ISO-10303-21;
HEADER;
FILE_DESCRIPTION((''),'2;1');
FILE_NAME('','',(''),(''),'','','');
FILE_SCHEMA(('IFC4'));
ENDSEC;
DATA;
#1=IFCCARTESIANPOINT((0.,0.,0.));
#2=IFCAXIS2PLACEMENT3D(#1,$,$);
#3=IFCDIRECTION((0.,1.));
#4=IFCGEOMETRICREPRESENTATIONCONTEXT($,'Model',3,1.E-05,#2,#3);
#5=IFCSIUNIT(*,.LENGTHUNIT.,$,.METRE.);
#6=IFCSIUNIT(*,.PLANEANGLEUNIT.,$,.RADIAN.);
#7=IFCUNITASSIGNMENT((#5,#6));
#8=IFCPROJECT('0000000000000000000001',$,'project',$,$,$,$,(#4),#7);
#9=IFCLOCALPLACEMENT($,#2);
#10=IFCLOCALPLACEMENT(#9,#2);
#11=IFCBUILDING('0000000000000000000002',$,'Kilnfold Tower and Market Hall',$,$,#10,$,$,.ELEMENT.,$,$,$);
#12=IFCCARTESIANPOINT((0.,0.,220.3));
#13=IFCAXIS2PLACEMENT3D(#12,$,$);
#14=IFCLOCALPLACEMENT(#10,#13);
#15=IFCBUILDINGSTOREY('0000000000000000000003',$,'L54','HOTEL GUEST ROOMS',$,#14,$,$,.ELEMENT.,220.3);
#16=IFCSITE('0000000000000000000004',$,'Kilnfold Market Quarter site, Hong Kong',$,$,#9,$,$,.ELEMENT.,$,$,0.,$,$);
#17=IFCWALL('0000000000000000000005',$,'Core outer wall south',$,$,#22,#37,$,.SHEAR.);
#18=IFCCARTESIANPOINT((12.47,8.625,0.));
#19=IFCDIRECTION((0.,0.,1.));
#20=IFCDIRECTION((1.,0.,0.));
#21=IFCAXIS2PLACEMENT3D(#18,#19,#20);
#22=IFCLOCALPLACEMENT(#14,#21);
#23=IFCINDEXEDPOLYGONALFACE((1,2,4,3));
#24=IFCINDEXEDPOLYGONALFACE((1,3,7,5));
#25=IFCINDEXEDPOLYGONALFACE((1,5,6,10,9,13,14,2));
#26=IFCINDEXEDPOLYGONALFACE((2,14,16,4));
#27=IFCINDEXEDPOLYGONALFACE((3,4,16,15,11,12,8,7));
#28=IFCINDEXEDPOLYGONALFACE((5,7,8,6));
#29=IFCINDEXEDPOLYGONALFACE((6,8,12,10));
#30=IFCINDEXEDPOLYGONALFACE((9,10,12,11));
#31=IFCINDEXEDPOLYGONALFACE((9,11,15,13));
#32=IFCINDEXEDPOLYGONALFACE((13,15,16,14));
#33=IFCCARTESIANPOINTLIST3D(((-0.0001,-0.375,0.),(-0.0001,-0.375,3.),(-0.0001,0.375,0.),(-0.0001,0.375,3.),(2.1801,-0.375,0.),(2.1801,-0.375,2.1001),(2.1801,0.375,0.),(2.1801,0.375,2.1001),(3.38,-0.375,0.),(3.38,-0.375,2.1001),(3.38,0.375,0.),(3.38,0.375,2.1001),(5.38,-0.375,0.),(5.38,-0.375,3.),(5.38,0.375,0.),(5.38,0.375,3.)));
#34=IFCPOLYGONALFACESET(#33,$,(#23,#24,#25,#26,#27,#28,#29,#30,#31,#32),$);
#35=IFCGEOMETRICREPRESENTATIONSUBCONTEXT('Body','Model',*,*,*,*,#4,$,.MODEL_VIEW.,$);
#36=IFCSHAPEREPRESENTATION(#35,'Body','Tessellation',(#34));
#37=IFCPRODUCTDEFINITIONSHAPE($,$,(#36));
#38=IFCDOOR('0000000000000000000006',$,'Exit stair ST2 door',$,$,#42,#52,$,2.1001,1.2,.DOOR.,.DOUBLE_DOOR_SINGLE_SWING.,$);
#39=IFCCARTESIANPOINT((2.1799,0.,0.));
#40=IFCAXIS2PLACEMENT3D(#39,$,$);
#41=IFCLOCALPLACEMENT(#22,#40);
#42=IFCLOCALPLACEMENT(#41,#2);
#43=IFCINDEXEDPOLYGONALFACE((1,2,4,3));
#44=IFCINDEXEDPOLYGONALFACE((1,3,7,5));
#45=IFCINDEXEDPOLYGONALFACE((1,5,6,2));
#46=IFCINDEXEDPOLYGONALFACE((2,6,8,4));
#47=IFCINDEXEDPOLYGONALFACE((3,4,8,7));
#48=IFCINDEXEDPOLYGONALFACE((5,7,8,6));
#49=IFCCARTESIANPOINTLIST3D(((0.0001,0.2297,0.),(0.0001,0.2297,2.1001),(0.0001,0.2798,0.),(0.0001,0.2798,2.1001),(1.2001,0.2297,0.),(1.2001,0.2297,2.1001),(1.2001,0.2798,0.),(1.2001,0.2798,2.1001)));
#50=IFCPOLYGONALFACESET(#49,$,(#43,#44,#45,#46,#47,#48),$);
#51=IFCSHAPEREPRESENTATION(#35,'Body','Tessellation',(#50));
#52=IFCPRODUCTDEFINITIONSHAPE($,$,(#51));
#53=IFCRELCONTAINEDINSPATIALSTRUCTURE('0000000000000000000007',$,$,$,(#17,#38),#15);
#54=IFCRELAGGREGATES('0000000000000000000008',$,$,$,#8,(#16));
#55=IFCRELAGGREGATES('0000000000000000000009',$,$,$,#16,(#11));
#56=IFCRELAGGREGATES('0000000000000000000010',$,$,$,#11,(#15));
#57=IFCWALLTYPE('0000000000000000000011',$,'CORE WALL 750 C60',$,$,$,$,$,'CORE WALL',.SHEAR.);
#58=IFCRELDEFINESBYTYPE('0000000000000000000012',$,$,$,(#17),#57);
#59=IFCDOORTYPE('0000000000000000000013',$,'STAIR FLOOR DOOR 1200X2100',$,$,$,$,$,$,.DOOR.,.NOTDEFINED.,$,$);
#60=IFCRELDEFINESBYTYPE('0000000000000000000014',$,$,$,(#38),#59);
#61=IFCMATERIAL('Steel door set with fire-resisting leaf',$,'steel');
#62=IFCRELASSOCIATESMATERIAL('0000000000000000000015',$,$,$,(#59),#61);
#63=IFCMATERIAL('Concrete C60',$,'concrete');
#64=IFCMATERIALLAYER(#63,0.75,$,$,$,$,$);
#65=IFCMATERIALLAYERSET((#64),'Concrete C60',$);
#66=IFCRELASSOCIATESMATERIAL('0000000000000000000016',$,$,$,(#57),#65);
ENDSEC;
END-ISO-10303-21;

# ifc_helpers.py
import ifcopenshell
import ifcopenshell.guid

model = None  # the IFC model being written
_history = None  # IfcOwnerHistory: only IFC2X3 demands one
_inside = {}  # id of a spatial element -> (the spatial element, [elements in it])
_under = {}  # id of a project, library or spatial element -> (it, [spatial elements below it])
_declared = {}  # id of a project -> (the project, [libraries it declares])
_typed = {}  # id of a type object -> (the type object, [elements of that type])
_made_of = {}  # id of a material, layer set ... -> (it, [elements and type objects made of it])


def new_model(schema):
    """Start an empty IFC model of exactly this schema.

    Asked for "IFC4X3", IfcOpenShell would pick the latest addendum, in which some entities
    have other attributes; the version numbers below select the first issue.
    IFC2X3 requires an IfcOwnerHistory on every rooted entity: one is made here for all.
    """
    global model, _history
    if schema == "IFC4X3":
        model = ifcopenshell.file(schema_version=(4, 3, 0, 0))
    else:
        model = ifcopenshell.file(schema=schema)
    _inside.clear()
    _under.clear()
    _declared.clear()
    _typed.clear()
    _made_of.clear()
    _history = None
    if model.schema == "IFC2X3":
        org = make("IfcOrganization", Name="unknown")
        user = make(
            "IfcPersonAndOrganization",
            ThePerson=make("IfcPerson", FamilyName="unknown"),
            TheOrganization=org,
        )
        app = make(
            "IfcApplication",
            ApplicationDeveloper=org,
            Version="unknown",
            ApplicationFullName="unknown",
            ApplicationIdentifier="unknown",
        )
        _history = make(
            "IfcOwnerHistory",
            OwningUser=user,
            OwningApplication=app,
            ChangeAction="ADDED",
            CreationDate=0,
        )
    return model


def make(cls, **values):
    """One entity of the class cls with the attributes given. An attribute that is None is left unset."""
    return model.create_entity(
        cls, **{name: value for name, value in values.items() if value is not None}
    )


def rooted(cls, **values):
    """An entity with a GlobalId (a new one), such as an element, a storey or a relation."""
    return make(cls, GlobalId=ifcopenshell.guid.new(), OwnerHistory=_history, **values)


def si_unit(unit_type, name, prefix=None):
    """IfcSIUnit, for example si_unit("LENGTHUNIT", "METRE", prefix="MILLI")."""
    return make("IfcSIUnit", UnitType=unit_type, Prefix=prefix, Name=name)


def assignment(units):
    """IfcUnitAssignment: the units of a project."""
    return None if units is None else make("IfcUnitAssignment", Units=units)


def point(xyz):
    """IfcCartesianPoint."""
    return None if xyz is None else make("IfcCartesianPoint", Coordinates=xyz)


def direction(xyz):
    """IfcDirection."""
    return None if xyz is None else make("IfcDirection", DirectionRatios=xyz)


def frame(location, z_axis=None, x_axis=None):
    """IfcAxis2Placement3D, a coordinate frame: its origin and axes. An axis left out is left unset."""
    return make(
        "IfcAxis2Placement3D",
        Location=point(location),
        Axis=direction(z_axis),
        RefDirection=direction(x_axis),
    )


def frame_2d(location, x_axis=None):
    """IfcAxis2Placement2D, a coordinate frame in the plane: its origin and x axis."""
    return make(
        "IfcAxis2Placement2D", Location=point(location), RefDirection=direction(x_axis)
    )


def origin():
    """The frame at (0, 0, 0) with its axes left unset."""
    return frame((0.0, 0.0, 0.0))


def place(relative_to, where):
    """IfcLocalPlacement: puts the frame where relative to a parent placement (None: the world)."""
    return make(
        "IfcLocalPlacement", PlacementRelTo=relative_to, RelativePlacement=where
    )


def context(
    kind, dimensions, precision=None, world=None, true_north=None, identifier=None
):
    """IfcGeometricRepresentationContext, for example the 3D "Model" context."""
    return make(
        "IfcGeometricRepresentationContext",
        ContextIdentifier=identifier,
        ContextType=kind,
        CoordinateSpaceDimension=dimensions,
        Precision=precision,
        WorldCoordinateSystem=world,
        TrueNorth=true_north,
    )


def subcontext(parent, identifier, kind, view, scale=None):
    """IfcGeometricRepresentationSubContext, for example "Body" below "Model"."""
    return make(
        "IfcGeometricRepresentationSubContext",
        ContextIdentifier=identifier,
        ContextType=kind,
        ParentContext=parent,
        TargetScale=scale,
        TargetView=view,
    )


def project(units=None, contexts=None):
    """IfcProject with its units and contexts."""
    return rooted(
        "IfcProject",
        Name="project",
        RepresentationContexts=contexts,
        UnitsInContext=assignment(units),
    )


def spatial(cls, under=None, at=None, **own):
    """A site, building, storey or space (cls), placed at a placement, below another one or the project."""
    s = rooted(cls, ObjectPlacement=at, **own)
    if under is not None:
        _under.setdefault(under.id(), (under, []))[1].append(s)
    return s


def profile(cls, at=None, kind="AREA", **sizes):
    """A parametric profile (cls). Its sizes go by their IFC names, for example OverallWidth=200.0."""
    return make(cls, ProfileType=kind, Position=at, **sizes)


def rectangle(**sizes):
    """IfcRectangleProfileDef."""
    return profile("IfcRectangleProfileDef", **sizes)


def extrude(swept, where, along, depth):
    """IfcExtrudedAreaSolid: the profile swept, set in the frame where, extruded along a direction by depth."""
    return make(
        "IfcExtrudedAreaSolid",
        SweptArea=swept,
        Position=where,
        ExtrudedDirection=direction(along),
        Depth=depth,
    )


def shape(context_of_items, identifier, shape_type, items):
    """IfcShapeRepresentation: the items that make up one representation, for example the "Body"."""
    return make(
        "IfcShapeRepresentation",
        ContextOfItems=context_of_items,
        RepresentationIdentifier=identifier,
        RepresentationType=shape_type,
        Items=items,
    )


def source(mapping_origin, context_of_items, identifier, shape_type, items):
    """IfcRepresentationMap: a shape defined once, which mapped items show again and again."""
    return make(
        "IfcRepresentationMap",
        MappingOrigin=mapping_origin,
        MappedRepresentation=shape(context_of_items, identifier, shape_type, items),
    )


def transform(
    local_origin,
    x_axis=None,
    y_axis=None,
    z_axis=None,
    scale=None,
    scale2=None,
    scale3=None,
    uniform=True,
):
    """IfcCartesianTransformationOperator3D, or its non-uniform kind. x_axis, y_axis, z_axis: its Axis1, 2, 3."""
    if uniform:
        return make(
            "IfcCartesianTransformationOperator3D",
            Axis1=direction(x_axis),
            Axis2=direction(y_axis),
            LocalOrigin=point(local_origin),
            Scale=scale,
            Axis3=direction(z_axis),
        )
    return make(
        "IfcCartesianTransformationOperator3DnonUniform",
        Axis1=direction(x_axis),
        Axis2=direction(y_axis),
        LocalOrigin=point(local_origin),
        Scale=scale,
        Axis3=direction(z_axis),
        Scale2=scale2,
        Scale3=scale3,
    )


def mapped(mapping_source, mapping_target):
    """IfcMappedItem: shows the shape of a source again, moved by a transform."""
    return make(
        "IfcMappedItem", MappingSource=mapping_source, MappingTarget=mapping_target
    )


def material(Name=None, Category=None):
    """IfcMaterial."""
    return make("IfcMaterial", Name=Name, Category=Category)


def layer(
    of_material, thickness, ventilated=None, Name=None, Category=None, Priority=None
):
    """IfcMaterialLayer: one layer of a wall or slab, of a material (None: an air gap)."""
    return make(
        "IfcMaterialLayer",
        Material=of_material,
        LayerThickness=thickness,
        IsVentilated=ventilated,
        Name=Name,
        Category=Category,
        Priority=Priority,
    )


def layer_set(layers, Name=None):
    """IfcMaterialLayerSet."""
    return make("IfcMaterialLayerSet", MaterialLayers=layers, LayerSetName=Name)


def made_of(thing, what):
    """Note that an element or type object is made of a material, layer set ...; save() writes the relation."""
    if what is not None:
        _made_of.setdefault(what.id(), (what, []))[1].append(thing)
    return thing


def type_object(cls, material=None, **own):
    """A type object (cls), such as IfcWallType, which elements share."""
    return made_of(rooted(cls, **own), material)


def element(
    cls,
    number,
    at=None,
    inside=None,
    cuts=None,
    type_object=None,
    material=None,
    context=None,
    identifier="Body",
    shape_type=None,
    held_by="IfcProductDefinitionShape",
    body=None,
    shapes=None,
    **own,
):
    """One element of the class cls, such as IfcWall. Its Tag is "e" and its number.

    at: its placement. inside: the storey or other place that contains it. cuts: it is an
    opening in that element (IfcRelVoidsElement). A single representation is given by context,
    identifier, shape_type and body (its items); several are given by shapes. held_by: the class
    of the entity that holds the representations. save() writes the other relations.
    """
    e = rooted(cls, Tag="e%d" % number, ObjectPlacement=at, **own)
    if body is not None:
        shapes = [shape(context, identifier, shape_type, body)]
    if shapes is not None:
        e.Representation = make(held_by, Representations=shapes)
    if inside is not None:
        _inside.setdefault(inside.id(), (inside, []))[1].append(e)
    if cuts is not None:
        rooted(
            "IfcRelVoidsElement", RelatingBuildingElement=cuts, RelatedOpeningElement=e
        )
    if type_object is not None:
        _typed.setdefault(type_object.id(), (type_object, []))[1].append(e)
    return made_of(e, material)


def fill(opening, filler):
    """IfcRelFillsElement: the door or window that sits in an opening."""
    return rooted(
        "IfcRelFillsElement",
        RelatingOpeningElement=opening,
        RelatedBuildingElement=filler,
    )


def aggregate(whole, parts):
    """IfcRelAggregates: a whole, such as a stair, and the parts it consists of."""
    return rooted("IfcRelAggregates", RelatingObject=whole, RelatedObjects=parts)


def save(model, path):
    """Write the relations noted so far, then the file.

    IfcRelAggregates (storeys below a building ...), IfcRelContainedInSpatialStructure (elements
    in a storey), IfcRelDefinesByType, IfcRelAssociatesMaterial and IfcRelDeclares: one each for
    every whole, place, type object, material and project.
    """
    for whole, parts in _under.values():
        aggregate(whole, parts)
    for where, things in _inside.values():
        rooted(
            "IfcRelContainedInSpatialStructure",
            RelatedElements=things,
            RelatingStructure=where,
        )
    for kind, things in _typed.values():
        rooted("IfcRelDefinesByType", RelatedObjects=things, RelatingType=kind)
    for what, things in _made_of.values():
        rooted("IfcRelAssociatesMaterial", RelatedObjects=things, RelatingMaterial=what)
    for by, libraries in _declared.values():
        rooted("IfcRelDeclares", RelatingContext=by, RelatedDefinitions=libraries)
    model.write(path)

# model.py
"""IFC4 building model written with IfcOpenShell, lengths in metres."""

from ifc_helpers import new_model, si_unit, direction, frame, frame_2d, origin, place, context, subcontext, project, spatial, rectangle, extrude, source, transform, mapped, material, layer, layer_set, type_object, element, fill, save


model = new_model("IFC4")

# Units and contexts
model_context = context("Model", 3, precision=1e-05, world=origin(), true_north=direction((0.0, 1.0)))
body_context = subcontext(model_context, "Body", "Model", "MODEL_VIEW")
ifc_project = project(units=[si_unit("LENGTHUNIT", "METRE"), si_unit("PLANEANGLEUNIT", "RADIAN")], contexts=[model_context])

# Site, building, storey
site_placement = place(None, origin())
site = spatial("IfcSite", under=ifc_project, at=site_placement, Name="Kilnfold Market Quarter site, Hong Kong", CompositionType="ELEMENT", RefElevation=0.0)
building_placement = place(site_placement, origin())
building = spatial("IfcBuilding", under=site, at=building_placement, Name="Kilnfold Tower and Market Hall", CompositionType="ELEMENT")
storey_placement = place(building_placement, frame((0.0, 0.0, 220.3)))
storey = spatial("IfcBuildingStorey", under=building, at=storey_placement, Name="L54", Description="HOTEL GUEST ROOMS", CompositionType="ELEMENT", Elevation=220.3)

# Shared definitions
ifc_material_1 = material(Name="Steel door set with fire-resisting leaf", Category="steel")
door_type_1 = type_object("IfcDoorType", Name="STAIR FLOOR DOOR 1200X2100", OperationType="NOTDEFINED", PredefinedType="DOOR", material=ifc_material_1)

# Shared definitions
ifc_material_2 = material(Name="Concrete C60", Category="concrete")
ifc_layer_1 = layer(ifc_material_2, 0.75)
ifc_layer_set_1 = layer_set([ifc_layer_1], Name="Concrete C60")
wall_type_1 = type_object("IfcWallType", Name="CORE WALL 750 C60", ElementType="CORE WALL", PredefinedType="SHEAR", material=ifc_layer_set_1)

# Wall, opening, door
shared_shape_1 = source(origin(), body_context, "Body", "SweptSolid", [
    extrude(rectangle(XDim=5.3801, YDim=0.75, at=frame_2d((2.6899, 0.0))), origin(), (0.0, 0.0, 1.0), 3.0),
])
wall_1_placement = place(storey_placement, frame((12.47, 8.625, 0.0), z_axis=(0.0, 0.0, 1.0), x_axis=(1.0, 0.0, 0.0)))
wall_1 = element("IfcWall", 1, at=wall_1_placement, inside=storey, type_object=wall_type_1, Name="Core outer wall south", PredefinedType="SHEAR", context=body_context, shape_type="MappedRepresentation", body=[
    mapped(shared_shape_1, transform((0.0, 0.0, 0.0))),
])
opening_1_placement = place(wall_1_placement, frame((2.1799, 0.0, 0.0)))
opening_1 = element("IfcOpeningElement", 2, at=opening_1_placement, cuts=wall_1, PredefinedType="OPENING", context=body_context, shape_type="SweptSolid", body=[
    extrude(rectangle(XDim=1.2, YDim=2.1001, at=frame_2d((0.6001, 1.05))), frame((0.0, 0.385, 0.0), z_axis=(0.0, -1.0, 0.0), x_axis=(1.0, 0.0, 0.0)), (0.0, 0.0, 1.0), 0.77),
])
door_1_placement = place(opening_1_placement, origin())
door_1 = element("IfcDoor", 3, at=door_1_placement, inside=storey, type_object=door_type_1, Name="Exit stair ST2 door", OperationType="DOUBLE_DOOR_SINGLE_SWING", OverallHeight=2.1001, OverallWidth=1.2, PredefinedType="DOOR", context=body_context, shape_type="SweptSolid", body=[
    extrude(rectangle(XDim=1.2, YDim=2.1001, at=frame_2d((0.6001, 1.05))), frame((0.0, 0.2798, 0.0), z_axis=(0.0, -1.0, 0.0), x_axis=(1.0, 0.0, 0.0)), (0.0, 0.0, 1.0), 0.05),
])
fill(opening_1, door_1)

save(model, "model.ifc")
